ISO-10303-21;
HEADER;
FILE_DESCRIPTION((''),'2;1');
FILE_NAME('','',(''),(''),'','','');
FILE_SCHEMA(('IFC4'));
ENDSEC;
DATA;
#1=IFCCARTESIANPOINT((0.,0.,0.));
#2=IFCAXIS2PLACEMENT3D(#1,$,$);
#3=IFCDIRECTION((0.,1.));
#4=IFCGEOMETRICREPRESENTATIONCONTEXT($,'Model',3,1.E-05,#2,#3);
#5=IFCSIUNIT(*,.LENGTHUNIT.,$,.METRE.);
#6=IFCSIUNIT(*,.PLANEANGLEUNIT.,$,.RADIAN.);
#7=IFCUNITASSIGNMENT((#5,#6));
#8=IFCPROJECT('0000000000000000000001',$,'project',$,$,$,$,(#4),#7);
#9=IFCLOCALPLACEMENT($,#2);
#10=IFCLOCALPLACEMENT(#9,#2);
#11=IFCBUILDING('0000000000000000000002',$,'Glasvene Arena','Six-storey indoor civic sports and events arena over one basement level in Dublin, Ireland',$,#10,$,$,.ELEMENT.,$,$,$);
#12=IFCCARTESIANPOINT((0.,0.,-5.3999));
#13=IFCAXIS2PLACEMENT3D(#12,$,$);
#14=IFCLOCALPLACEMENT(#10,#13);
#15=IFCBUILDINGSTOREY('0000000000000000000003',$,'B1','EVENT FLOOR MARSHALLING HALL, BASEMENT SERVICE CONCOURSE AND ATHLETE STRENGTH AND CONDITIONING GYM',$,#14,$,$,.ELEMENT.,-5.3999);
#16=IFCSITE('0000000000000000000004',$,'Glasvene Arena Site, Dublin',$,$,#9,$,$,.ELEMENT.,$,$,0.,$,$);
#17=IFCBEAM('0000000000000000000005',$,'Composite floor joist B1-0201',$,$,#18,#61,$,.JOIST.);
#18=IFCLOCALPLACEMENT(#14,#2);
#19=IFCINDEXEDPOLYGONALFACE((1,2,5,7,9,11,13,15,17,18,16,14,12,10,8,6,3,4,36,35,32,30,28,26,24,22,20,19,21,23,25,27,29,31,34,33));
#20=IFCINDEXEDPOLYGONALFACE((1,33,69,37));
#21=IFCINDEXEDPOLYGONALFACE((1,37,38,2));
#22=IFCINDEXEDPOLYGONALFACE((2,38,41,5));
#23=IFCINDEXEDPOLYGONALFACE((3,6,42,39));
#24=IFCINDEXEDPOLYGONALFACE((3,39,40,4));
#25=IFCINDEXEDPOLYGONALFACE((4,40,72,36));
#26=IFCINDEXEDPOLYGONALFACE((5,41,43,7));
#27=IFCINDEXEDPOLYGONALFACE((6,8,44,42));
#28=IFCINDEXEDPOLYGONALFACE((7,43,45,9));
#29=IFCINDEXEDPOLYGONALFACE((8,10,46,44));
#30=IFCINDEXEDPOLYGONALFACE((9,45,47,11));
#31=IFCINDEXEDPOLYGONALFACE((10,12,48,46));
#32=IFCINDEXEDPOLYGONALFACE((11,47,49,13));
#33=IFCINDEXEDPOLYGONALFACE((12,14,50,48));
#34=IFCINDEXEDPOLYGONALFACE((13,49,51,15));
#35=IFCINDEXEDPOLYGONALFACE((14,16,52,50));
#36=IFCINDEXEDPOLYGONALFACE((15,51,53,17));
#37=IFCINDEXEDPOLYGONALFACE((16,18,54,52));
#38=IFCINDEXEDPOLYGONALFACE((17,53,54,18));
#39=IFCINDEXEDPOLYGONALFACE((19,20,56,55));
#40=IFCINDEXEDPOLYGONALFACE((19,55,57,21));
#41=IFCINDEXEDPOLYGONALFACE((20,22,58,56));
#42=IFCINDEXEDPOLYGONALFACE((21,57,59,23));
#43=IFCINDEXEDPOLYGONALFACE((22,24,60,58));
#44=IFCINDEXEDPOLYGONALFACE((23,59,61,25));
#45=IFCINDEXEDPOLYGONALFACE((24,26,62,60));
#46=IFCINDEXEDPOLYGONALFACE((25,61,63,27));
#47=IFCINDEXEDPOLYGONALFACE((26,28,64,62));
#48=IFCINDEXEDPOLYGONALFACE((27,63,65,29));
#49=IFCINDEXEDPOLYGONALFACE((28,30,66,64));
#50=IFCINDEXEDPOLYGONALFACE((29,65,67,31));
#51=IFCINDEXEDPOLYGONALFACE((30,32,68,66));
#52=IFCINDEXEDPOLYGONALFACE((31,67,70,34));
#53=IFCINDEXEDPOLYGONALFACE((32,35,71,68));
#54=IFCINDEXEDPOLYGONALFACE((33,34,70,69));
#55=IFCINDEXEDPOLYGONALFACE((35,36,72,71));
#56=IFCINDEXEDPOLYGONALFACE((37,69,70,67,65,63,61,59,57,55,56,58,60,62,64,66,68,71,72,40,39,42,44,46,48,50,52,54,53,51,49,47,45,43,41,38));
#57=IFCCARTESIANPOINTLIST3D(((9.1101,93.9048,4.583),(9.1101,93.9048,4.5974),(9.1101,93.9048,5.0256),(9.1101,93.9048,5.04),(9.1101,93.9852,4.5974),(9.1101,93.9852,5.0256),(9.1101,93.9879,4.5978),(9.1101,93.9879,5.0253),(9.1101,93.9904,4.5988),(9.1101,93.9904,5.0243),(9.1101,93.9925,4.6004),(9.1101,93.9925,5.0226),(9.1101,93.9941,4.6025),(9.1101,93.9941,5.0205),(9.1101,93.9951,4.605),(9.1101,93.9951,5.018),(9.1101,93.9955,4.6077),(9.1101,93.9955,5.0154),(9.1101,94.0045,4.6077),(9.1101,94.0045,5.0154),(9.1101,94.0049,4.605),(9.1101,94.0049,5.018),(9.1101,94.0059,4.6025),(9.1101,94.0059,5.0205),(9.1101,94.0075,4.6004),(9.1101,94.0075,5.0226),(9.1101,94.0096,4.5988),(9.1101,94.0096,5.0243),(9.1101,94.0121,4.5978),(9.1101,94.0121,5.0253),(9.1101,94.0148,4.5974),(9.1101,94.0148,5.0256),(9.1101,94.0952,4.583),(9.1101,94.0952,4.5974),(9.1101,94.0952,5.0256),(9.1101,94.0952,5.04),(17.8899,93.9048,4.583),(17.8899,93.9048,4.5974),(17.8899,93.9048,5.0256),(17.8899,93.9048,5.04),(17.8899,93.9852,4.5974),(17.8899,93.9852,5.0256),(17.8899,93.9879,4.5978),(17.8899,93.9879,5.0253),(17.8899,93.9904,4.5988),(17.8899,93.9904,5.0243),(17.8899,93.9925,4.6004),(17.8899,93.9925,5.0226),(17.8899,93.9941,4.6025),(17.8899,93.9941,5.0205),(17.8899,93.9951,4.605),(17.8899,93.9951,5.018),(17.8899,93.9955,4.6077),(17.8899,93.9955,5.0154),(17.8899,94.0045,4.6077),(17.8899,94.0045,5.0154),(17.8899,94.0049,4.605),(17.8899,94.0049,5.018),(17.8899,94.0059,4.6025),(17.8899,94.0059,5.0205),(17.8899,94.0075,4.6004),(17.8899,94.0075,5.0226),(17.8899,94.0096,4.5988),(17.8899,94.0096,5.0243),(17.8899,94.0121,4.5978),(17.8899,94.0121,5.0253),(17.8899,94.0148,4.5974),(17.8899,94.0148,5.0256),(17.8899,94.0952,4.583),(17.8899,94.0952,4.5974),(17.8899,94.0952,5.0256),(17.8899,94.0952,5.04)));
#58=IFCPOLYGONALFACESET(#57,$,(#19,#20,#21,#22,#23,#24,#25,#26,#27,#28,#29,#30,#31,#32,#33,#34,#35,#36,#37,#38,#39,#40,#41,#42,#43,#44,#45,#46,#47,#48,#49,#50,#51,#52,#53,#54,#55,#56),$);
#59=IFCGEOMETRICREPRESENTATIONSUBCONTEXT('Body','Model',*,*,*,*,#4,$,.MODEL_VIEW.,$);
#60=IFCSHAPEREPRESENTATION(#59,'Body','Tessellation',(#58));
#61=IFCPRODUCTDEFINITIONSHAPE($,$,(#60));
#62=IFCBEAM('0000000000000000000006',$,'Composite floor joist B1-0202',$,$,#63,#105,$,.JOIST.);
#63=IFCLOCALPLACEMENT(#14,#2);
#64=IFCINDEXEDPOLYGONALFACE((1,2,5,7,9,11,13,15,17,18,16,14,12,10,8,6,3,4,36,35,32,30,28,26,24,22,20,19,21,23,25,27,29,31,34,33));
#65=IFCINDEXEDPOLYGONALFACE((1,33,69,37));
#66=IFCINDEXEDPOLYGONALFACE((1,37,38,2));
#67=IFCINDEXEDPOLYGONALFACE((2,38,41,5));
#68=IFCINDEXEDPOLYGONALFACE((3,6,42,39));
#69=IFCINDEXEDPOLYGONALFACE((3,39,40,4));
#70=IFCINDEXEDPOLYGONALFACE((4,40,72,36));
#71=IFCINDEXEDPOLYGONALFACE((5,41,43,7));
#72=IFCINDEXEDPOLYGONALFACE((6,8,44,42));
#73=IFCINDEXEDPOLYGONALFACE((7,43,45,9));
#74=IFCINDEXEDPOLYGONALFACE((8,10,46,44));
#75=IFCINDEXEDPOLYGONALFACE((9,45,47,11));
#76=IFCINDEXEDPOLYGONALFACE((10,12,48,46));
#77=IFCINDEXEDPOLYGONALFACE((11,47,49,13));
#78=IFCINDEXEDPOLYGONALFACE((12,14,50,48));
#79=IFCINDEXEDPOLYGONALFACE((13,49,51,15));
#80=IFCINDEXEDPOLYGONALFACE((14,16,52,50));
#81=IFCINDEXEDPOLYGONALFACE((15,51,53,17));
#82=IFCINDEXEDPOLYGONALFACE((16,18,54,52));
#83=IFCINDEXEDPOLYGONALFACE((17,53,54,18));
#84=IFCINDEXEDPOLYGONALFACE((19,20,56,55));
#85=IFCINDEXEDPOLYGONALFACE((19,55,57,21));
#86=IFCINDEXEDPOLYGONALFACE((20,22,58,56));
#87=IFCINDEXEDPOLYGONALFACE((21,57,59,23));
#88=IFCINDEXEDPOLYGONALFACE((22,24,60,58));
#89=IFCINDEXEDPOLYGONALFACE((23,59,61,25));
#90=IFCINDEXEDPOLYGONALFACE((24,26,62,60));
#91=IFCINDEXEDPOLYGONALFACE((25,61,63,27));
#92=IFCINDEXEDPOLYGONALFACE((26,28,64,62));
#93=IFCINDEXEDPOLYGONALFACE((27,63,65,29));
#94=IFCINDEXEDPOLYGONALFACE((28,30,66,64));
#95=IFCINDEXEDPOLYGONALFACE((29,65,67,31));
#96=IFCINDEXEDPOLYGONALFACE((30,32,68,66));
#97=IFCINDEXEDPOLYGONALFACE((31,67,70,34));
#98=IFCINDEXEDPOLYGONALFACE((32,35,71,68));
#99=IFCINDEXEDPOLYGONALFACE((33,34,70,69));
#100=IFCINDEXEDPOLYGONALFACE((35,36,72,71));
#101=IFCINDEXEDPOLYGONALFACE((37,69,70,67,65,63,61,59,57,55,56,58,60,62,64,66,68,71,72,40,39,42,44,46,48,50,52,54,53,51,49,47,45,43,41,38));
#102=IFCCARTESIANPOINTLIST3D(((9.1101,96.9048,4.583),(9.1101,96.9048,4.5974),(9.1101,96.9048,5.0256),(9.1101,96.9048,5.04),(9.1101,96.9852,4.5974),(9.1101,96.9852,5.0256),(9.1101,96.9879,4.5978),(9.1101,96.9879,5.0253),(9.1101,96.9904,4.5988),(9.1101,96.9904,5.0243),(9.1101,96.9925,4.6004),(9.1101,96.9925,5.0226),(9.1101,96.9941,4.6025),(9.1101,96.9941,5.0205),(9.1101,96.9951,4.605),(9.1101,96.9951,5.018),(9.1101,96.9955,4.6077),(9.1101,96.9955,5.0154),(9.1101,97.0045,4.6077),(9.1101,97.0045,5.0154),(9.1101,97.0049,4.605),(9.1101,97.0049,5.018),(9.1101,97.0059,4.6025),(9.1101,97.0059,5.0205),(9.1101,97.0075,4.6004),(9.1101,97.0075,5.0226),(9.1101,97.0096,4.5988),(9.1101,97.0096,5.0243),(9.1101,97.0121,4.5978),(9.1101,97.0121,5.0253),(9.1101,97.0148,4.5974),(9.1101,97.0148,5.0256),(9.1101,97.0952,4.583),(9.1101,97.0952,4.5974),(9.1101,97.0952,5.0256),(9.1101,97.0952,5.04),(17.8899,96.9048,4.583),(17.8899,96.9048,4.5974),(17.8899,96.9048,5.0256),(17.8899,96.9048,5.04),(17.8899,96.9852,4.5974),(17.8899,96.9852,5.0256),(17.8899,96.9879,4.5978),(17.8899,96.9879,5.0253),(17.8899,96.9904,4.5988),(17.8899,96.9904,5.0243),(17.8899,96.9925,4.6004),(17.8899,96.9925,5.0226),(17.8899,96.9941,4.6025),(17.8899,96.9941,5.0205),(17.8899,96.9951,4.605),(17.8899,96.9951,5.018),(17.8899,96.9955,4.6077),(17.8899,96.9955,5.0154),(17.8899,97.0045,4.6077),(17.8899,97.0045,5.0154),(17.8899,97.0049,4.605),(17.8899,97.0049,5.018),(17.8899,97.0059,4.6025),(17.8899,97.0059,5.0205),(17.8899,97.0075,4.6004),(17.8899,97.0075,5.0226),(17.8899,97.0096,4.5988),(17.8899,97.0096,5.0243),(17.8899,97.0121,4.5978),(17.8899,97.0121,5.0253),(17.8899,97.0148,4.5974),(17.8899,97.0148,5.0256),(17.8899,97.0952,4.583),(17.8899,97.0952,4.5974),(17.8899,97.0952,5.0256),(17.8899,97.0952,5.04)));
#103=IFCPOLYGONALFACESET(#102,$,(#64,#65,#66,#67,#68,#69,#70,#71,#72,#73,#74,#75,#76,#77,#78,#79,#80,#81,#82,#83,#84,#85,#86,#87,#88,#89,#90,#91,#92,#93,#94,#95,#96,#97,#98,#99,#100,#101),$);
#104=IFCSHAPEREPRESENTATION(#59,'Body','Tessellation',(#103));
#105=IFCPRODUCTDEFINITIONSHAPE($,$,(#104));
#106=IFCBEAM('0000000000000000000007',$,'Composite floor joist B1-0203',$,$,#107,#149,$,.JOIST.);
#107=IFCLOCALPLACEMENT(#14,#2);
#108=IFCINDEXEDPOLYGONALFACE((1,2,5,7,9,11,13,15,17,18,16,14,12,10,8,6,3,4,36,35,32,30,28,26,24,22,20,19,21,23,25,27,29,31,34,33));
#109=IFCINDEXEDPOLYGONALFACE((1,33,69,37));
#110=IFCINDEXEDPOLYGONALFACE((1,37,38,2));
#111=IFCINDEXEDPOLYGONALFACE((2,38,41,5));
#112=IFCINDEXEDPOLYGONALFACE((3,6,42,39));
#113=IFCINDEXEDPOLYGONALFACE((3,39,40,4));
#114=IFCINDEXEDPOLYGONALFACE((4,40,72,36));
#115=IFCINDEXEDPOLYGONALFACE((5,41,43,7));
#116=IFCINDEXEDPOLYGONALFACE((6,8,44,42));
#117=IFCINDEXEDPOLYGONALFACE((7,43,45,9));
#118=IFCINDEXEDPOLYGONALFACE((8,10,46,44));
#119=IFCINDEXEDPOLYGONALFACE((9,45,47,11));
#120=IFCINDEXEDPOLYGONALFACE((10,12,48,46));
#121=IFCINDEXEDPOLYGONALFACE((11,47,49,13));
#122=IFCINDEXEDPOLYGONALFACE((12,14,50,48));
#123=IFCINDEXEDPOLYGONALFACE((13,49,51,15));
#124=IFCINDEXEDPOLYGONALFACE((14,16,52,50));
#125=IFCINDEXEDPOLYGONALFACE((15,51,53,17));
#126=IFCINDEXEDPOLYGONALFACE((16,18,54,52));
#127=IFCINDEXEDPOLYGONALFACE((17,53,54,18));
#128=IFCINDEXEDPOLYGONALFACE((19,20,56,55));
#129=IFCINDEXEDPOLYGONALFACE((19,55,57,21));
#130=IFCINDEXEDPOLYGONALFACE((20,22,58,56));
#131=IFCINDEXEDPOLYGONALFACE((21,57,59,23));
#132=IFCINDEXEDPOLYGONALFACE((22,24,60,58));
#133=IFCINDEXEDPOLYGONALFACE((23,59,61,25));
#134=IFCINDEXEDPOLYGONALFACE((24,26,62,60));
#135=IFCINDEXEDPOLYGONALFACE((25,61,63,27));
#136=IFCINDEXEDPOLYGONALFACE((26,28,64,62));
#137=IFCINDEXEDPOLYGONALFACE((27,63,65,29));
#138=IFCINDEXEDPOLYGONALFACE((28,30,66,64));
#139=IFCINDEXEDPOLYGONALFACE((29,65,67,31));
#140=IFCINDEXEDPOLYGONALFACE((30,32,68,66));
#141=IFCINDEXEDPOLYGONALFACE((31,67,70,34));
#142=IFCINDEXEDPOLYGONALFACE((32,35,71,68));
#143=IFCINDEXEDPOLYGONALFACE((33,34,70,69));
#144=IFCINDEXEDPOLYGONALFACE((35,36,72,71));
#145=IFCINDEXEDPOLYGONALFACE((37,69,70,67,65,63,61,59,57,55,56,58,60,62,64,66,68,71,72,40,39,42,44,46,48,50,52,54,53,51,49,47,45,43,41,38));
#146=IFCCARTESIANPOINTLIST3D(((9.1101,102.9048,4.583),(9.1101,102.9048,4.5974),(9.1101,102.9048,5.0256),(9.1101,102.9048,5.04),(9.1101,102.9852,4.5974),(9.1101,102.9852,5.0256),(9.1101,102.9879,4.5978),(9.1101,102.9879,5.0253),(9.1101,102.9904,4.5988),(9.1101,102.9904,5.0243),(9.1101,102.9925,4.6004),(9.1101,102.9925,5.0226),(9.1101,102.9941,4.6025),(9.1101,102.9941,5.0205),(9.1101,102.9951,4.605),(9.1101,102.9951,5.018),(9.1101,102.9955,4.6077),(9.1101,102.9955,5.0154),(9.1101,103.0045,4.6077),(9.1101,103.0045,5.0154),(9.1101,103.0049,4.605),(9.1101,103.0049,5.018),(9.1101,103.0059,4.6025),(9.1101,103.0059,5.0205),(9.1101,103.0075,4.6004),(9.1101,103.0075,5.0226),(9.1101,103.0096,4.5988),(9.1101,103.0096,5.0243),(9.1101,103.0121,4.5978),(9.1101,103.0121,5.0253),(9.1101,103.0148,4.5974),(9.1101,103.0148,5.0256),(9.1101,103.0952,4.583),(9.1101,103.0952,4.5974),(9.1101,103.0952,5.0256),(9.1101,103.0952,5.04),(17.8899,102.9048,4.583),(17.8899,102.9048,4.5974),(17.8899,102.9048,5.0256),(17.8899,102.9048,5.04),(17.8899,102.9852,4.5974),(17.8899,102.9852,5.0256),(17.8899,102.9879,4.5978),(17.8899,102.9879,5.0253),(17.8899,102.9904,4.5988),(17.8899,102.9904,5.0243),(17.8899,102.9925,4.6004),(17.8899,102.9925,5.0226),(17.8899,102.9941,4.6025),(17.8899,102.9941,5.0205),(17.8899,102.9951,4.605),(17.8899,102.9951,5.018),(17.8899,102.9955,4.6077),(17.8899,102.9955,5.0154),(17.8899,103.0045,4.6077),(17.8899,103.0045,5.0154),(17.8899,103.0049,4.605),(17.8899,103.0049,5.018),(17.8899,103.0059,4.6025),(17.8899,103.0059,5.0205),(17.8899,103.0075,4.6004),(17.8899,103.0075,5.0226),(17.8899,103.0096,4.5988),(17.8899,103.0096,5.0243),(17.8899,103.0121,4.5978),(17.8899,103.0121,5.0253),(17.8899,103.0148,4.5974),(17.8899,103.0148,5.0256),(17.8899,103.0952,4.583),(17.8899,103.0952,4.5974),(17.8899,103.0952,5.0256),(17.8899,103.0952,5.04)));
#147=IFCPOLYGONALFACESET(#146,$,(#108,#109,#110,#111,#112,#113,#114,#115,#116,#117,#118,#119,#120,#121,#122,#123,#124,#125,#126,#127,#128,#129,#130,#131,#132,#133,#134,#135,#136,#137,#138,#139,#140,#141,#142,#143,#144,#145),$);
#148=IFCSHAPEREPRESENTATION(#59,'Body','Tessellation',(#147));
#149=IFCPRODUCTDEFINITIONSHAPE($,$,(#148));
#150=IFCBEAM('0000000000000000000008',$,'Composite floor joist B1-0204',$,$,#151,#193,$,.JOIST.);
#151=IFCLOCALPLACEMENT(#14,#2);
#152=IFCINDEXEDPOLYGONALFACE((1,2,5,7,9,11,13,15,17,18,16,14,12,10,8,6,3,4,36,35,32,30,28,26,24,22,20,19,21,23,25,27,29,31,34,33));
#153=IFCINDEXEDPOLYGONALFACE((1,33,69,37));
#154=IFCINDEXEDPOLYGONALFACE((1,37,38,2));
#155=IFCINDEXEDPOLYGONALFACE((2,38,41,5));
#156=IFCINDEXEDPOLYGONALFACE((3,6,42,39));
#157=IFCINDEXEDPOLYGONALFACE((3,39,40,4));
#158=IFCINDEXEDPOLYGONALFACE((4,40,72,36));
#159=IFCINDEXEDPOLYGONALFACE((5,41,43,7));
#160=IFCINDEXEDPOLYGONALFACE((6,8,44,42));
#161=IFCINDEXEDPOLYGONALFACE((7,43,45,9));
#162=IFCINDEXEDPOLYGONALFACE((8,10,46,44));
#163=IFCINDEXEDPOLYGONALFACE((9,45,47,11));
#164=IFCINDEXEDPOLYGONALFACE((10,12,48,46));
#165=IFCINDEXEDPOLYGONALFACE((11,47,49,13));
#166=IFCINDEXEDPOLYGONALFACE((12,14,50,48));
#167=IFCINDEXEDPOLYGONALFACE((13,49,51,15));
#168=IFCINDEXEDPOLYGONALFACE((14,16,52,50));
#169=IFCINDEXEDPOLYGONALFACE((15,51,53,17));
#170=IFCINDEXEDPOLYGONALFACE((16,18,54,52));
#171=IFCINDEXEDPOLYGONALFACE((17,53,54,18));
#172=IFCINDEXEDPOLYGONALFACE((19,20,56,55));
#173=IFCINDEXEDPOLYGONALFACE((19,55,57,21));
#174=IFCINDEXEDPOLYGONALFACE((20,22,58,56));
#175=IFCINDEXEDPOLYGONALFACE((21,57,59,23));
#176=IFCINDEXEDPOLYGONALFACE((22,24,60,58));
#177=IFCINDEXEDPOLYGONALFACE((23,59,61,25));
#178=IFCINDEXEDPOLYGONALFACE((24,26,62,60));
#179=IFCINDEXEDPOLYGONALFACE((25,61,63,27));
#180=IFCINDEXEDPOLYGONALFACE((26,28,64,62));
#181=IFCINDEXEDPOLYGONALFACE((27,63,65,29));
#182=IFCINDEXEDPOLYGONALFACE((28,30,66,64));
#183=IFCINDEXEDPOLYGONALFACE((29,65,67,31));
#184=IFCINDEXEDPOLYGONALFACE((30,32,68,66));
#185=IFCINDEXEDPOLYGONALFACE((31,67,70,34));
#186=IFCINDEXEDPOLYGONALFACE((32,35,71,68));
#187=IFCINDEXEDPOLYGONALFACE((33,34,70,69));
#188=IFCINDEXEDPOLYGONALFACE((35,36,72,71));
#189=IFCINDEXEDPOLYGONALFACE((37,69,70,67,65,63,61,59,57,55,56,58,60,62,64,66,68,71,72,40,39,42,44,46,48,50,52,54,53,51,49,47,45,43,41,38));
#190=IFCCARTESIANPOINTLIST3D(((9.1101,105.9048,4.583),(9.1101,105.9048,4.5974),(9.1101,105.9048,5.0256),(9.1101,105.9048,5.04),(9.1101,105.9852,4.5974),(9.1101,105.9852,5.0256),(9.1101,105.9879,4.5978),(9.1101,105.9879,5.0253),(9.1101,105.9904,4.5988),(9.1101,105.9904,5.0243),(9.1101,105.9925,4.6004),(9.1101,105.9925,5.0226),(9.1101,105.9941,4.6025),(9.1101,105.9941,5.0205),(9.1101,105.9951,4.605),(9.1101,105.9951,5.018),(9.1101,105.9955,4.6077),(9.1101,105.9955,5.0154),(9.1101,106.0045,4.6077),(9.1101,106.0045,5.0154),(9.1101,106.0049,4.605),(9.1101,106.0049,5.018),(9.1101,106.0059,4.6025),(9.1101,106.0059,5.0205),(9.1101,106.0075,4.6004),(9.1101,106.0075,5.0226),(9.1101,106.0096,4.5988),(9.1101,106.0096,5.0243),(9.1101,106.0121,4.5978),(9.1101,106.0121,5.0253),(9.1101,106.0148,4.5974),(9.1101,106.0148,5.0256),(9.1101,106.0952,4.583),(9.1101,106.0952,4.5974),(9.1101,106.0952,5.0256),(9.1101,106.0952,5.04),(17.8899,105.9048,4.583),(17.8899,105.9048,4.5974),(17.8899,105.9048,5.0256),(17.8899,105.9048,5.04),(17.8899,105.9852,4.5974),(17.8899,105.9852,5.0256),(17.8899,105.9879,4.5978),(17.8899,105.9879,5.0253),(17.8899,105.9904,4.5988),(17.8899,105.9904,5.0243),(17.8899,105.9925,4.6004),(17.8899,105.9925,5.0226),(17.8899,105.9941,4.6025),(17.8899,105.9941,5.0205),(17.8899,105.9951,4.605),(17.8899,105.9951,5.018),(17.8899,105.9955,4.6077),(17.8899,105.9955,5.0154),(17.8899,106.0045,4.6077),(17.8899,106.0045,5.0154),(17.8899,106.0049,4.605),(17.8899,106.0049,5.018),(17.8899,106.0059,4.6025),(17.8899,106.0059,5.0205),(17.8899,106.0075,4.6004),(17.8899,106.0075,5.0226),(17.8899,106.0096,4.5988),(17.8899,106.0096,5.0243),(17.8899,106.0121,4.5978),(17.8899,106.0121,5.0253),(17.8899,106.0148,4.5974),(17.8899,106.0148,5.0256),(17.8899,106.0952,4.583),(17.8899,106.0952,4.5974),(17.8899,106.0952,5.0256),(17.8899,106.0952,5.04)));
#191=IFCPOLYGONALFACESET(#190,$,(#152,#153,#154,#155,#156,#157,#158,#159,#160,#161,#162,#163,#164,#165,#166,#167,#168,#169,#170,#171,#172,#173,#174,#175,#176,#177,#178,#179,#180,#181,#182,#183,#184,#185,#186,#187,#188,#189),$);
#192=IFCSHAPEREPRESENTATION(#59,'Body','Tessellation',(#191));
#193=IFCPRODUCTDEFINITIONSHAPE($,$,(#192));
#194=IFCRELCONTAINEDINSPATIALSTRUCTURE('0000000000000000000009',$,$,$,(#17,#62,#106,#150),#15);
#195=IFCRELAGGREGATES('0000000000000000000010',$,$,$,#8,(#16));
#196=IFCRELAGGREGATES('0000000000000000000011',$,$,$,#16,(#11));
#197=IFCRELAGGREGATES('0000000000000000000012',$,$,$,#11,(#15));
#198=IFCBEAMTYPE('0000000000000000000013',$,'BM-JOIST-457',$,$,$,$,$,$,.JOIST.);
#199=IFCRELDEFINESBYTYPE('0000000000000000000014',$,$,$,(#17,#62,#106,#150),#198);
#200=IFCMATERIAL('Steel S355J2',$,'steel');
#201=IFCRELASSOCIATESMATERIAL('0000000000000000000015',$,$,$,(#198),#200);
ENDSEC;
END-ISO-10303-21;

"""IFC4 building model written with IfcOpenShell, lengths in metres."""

from ifc_helpers import new_model, si_unit, direction, frame, origin, origin_2d, place, context, subcontext, project, spatial, i_section, extrude, material, material_profile, profile_set, type_object, element, save


model = new_model("IFC4")

# Units and contexts
model_context = context("Model", 3, precision=1e-05, world=origin(), true_north=direction((0.0, 1.0)))
body_context = subcontext(model_context, "Body", "Model", "MODEL_VIEW")
ifc_project = project(units=[si_unit("LENGTHUNIT", "METRE"), si_unit("PLANEANGLEUNIT", "RADIAN")], contexts=[model_context])

# Site, building, storey
site_placement = place(None, origin())
site = spatial("IfcSite", under=ifc_project, at=site_placement, Name="Glasvene Arena Site, Dublin", CompositionType="ELEMENT", RefElevation=0.0)
building_placement = place(site_placement, origin())
building = spatial("IfcBuilding", under=site, at=building_placement, Name="Glasvene Arena", Description="Six-storey indoor civic sports and events arena over one basement level in Dublin, Ireland", CompositionType="ELEMENT")
storey_placement = place(building_placement, frame((0.0, 0.0, -5.3999)))
storey = spatial("IfcBuildingStorey", under=building, at=storey_placement, Name="B1", Description="EVENT FLOOR MARSHALLING HALL, BASEMENT SERVICE CONCOURSE AND ATHLETE STRENGTH AND CONDITIONING GYM", CompositionType="ELEMENT", Elevation=-5.3999)

# Beams
ifc_material_1 = material(Name="Steel S355J2", Category="steel")
ifc_material_profile_1 = material_profile(ifc_material_1, i_section(OverallWidth=0.1904, OverallDepth=0.457, WebThickness=0.009, FlangeThickness=0.0144, FilletRadius=0.0103, at=origin_2d()), Name="UKB 457x191x74")
ifc_profile_set_1 = profile_set([ifc_material_profile_1], Name="Steel S355J2")
beam_type_1 = type_object("IfcBeamType", Name="BM-JOIST-457", PredefinedType="JOIST", material=ifc_profile_set_1)
for number, where, z_axis, x_axis, name in (
    (1, (9.1101, 94.0, 4.8115), (1.0, 0.0, 0.0), (0.0, 1.0, 0.0), "Composite floor joist B1-0201"),
    (2, (9.1101, 97.0, 4.8115), (1.0, 0.0, 0.0), (0.0, 1.0, 0.0), "Composite floor joist B1-0202"),
    (3, (9.1101, 103.0, 4.8115), (1.0, 0.0, 0.0), (0.0, 1.0, 0.0), "Composite floor joist B1-0203"),
    (4, (9.1101, 106.0, 4.8115), (1.0, 0.0, 0.0), (0.0, 1.0, 0.0), "Composite floor joist B1-0204"),
):
    element("IfcBeam", number, at=place(storey_placement, frame(where, z_axis=z_axis, x_axis=x_axis)), inside=storey, type_object=beam_type_1, Name=name, PredefinedType="JOIST", context=body_context, shape_type="SweptSolid", body=[
        extrude(i_section(OverallWidth=0.1904, OverallDepth=0.457, WebThickness=0.009, FlangeThickness=0.0144, FilletRadius=0.0103, at=origin_2d()), origin(), (0.0, 0.0, 1.0), 8.7798),
    ])

save(model, "model.ifc")
